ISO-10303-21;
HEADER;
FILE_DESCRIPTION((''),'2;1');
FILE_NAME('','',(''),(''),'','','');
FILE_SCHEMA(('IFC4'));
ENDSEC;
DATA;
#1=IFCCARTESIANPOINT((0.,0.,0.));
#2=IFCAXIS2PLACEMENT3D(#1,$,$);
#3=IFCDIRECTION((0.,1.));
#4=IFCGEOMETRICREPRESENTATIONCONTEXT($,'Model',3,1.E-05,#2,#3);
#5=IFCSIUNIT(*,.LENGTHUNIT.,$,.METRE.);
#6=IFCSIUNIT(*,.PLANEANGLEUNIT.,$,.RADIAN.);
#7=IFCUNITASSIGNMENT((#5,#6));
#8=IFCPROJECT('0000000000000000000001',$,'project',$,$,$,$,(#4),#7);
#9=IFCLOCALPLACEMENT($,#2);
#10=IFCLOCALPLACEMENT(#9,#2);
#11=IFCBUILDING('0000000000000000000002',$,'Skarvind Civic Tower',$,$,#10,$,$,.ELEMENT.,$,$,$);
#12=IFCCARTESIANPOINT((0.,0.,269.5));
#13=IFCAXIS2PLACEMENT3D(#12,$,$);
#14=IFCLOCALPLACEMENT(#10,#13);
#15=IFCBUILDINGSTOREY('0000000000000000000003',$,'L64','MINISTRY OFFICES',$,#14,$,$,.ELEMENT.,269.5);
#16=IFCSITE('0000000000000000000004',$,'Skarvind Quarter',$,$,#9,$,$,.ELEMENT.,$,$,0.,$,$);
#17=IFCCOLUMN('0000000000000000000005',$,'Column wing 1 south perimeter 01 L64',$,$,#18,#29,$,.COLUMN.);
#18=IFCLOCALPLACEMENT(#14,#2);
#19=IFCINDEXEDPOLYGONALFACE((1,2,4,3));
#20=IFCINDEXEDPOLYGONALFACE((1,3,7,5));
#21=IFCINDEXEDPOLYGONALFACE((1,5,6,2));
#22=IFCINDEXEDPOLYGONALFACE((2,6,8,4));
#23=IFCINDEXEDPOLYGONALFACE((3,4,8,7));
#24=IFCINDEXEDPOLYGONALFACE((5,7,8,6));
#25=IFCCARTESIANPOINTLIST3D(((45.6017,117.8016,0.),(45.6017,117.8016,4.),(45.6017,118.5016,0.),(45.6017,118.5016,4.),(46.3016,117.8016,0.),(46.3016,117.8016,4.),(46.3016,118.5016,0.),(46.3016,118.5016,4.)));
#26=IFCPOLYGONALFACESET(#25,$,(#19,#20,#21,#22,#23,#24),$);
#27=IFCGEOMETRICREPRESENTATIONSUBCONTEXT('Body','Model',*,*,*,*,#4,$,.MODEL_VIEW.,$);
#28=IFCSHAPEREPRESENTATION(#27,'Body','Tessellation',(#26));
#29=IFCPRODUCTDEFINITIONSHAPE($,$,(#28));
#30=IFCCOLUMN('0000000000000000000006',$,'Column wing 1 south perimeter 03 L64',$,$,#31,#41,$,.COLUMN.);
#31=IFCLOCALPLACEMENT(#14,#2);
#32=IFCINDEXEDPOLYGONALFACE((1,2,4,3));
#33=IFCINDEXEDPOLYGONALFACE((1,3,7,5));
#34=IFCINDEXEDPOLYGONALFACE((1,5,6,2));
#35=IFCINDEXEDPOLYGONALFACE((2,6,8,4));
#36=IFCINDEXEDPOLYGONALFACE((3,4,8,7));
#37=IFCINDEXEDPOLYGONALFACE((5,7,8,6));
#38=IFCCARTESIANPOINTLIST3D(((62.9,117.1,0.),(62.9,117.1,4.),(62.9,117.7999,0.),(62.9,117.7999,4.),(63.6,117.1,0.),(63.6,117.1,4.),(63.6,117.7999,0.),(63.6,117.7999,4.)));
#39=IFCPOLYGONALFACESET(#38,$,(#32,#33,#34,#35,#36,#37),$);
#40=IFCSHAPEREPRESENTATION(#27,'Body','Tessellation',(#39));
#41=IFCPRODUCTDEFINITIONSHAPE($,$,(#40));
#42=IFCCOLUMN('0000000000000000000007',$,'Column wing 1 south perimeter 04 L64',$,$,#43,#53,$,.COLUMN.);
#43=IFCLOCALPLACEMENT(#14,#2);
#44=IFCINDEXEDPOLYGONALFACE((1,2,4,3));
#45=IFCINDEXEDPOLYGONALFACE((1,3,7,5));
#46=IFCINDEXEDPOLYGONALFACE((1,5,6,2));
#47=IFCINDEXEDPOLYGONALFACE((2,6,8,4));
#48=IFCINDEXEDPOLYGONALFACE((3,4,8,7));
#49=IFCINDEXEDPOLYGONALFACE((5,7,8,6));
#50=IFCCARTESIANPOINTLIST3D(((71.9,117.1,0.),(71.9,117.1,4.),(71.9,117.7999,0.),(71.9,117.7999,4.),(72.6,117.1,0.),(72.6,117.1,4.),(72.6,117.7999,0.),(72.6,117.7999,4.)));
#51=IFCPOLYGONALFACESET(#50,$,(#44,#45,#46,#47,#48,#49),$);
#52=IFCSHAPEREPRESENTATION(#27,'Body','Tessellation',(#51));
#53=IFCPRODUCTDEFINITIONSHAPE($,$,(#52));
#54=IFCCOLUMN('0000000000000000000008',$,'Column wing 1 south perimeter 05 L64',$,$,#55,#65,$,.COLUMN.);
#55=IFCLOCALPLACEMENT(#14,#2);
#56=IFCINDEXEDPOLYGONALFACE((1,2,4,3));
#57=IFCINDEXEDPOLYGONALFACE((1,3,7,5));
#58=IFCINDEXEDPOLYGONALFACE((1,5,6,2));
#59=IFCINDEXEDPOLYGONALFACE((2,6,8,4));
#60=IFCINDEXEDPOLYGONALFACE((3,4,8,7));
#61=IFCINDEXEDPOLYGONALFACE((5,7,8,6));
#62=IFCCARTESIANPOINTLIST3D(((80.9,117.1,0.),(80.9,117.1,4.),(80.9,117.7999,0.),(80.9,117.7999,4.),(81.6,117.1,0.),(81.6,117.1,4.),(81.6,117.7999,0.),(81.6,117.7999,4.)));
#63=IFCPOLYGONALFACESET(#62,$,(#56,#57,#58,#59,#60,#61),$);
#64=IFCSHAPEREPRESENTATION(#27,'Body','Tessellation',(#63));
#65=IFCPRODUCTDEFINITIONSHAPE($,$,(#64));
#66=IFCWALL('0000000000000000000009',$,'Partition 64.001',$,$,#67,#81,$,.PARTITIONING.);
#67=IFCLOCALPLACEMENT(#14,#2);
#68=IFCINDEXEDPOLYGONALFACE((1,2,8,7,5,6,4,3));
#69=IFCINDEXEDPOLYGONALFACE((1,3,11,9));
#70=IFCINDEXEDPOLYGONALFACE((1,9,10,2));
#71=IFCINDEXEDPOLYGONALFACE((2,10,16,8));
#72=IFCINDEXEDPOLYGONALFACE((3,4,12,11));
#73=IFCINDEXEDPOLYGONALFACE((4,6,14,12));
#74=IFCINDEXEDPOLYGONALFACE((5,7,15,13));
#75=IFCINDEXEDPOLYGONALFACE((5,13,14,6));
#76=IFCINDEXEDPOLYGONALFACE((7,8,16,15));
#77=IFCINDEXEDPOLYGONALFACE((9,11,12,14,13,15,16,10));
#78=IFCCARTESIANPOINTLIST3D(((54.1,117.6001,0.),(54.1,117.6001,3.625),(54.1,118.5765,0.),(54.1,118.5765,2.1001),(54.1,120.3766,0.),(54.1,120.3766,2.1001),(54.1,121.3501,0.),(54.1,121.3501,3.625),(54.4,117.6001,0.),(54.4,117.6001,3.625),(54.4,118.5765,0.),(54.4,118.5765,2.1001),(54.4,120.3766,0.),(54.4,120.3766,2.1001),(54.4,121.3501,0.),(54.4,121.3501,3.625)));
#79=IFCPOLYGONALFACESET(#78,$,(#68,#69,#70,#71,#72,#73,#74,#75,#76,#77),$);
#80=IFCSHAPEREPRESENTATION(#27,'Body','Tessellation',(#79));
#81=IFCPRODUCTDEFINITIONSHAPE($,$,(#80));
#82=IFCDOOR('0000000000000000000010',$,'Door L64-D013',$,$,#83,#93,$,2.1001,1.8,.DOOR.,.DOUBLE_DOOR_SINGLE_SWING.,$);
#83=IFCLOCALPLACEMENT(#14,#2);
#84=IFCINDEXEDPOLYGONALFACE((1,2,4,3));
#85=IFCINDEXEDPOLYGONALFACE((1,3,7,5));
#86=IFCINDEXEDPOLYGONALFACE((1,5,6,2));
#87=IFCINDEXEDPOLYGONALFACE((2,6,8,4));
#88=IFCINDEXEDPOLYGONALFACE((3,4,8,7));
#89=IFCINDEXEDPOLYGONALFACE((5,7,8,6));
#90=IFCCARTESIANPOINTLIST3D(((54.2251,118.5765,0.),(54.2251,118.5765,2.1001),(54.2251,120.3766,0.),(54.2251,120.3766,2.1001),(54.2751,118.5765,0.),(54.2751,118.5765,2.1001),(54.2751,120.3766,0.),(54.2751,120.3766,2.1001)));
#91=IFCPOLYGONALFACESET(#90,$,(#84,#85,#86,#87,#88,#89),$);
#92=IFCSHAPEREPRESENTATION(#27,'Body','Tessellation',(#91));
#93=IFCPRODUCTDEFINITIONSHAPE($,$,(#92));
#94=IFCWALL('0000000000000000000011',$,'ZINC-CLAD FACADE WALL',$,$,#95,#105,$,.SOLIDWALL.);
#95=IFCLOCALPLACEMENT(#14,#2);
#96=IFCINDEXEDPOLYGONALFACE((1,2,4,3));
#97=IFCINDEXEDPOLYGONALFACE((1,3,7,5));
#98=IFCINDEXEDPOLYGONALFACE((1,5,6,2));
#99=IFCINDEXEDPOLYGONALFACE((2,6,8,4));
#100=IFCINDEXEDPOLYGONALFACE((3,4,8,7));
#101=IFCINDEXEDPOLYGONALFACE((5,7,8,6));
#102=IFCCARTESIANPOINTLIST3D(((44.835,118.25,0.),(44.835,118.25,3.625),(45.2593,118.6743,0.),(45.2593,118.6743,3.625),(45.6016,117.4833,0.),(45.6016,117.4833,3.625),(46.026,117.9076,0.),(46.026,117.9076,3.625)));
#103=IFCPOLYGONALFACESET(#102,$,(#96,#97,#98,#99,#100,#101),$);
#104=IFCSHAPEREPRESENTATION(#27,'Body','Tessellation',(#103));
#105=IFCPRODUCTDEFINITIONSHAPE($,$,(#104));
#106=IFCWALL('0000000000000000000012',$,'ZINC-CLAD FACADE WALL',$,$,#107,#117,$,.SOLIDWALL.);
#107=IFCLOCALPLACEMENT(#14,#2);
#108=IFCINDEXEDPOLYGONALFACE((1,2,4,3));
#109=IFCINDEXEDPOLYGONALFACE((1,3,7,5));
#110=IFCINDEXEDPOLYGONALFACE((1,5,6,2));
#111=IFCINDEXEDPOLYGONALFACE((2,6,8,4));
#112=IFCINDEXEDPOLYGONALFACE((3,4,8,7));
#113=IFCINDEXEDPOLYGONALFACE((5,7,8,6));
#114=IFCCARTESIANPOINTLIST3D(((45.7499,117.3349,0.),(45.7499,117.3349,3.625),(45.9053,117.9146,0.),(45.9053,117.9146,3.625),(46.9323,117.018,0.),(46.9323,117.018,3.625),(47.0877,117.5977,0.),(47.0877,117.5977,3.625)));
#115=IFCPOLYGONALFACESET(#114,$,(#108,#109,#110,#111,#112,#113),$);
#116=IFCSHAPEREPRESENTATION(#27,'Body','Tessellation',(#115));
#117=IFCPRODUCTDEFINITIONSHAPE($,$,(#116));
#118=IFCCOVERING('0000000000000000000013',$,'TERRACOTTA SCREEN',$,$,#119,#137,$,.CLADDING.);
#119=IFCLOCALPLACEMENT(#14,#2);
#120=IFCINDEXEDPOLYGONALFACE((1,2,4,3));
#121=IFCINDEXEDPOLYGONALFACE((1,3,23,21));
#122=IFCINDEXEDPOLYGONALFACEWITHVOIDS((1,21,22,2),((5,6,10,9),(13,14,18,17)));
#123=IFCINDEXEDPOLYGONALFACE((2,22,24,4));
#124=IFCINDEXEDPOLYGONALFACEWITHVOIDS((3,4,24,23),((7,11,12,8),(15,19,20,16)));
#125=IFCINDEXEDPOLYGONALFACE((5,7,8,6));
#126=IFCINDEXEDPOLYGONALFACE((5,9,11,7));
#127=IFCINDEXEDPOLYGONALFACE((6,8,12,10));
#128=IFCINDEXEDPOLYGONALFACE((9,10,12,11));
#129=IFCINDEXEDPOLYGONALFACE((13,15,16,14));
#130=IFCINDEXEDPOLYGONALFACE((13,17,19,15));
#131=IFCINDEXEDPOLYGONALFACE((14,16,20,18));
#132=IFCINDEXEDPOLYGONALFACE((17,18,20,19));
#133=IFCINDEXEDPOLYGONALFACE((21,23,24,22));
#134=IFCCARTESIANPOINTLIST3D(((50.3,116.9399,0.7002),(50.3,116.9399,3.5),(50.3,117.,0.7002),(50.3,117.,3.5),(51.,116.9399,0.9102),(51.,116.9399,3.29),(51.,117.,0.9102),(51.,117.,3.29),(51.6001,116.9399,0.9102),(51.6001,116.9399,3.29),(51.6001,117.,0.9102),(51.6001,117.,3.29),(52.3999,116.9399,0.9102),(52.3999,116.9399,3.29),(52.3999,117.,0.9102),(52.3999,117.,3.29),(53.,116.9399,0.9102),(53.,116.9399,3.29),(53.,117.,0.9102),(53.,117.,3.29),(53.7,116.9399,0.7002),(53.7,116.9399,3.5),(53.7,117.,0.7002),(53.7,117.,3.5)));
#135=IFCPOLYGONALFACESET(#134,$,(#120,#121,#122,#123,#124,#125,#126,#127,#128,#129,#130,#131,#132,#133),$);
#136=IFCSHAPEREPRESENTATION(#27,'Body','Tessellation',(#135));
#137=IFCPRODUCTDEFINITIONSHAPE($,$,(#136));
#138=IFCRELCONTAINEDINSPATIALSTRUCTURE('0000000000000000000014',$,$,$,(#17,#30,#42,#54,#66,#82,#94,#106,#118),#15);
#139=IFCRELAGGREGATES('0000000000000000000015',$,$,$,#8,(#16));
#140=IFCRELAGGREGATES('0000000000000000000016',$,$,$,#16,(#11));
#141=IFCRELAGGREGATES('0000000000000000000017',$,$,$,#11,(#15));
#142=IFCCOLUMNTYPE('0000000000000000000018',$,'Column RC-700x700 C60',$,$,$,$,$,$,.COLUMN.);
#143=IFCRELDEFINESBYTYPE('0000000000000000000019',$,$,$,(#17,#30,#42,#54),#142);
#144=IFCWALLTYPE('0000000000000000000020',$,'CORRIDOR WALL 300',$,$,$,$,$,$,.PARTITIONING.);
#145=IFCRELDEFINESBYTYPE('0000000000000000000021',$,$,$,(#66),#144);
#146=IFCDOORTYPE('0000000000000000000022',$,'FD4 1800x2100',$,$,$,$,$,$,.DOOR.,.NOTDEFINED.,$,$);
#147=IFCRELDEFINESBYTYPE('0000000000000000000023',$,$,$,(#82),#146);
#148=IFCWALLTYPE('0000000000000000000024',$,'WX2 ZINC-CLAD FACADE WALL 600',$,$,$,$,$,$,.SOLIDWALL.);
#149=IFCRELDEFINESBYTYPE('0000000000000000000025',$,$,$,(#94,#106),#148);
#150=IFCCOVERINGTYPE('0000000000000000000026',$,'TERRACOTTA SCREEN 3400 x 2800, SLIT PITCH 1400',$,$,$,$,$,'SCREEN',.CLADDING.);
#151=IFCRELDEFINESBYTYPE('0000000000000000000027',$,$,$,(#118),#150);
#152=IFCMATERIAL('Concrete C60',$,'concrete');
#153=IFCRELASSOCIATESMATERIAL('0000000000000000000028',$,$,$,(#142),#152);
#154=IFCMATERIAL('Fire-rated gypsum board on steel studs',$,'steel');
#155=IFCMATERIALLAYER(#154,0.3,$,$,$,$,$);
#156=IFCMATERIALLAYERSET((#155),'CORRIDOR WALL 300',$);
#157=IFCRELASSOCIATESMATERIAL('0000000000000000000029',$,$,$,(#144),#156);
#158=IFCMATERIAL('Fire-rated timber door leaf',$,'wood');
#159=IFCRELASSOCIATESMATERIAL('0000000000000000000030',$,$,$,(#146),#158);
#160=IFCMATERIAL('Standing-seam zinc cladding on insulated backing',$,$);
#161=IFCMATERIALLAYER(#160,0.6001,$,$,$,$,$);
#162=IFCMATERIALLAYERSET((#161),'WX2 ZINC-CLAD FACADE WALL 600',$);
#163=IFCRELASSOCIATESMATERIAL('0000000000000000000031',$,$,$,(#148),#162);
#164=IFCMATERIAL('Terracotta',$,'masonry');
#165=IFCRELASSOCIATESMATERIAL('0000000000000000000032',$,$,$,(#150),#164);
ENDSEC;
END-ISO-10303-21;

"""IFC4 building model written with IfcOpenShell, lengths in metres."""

from ifc_helpers import new_model, si_unit, direction, frame, frame_2d, origin, origin_2d, place, context, subcontext, project, spatial, polyline, rectangle, outline, extrude, material, layer, layer_set, material_profile, profile_set, type_object, element, fill, save


model = new_model("IFC4")

# Units and contexts
model_context = context("Model", 3, precision=1e-05, world=origin(), true_north=direction((0.0, 1.0)))
body_context = subcontext(model_context, "Body", "Model", "MODEL_VIEW")
ifc_project = project(units=[si_unit("LENGTHUNIT", "METRE"), si_unit("PLANEANGLEUNIT", "RADIAN")], contexts=[model_context])

# Site, building, storey
site_placement = place(None, origin())
site = spatial("IfcSite", under=ifc_project, at=site_placement, Name="Skarvind Quarter", CompositionType="ELEMENT", RefElevation=0.0)
building_placement = place(site_placement, origin())
building = spatial("IfcBuilding", under=site, at=building_placement, Name="Skarvind Civic Tower", CompositionType="ELEMENT")
storey_placement = place(building_placement, frame((0.0, 0.0, 269.5)))
storey = spatial("IfcBuildingStorey", under=building, at=storey_placement, Name="L64", Description="MINISTRY OFFICES", CompositionType="ELEMENT", Elevation=269.5)

# Columns
ifc_material_1 = material(Name="Concrete C60", Category="concrete")
ifc_material_profile_1 = material_profile(ifc_material_1, rectangle(XDim=0.7, YDim=0.7, at=origin_2d()), Name="RC-700x700")
ifc_profile_set_1 = profile_set([ifc_material_profile_1], Name="Concrete C60")
column_type = type_object("IfcColumnType", Name="Column RC-700x700 C60", PredefinedType="COLUMN", material=ifc_profile_set_1)
for number, where, z_axis, x_axis, name in (
    (1, (45.9517, 118.1516, 0.0), (0.0, 0.0, 1.0), (1.0, 0.0, 0.0), "Column wing 1 south perimeter 01 L64"),
    (2, (63.25, 117.45, 0.0), (0.0, 0.0, 1.0), (1.0, 0.0, 0.0), "Column wing 1 south perimeter 03 L64"),
    (3, (72.25, 117.45, 0.0), (0.0, 0.0, 1.0), (1.0, 0.0, 0.0), "Column wing 1 south perimeter 04 L64"),
    (4, (81.25, 117.45, 0.0), (0.0, 0.0, 1.0), (1.0, 0.0, 0.0), "Column wing 1 south perimeter 05 L64"),
):
    element("IfcColumn", number, at=place(storey_placement, frame(where, z_axis=z_axis, x_axis=x_axis)), inside=storey, type_object=column_type, Name=name, PredefinedType="COLUMN", context=body_context, shape_type="SweptSolid", body=[
        extrude(rectangle(XDim=0.7, YDim=0.7, at=origin_2d()), origin(), (0.0, 0.0, 1.0), 4.0),
    ])

# Wall, opening, door
ifc_material_2 = material(Name="Fire-rated gypsum board on steel studs", Category="steel")
ifc_layer_1 = layer(ifc_material_2, 0.3)
ifc_layer_set_1 = layer_set([ifc_layer_1], Name="CORRIDOR WALL 300")
wall_type_1 = type_object("IfcWallType", Name="CORRIDOR WALL 300", PredefinedType="PARTITIONING", material=ifc_layer_set_1)
wall_1_placement = place(storey_placement, frame((54.25, 117.6001, 0.0), z_axis=(0.0, 0.0, 1.0), x_axis=(0.0, 1.0, 0.0)))
wall_1 = element("IfcWall", 5, at=wall_1_placement, inside=storey, type_object=wall_type_1, Name="Partition 64.001", PredefinedType="PARTITIONING", context=body_context, shape_type="SweptSolid", body=[
    extrude(rectangle(XDim=3.75, YDim=0.3, at=frame_2d((1.875, 0.0))), origin(), (0.0, 0.0, 1.0), 3.625),
])
opening_placement = place(wall_1_placement, frame((0.9766, 0.0, 0.0)))
opening = element("IfcOpeningElement", 6, at=opening_placement, cuts=wall_1, PredefinedType="OPENING", context=body_context, shape_type="SweptSolid", body=[
    extrude(rectangle(XDim=1.8, YDim=2.1001, at=frame_2d((0.8999, 1.05))), frame((0.0, 0.1599, 0.0), z_axis=(0.0, -1.0, 0.0), x_axis=(1.0, 0.0, 0.0)), (0.0, 0.0, 1.0), 0.3201),
])
ifc_material_3 = material(Name="Fire-rated timber door leaf", Category="wood")
door_type = type_object("IfcDoorType", Name="FD4 1800x2100", OperationType="NOTDEFINED", PredefinedType="DOOR", material=ifc_material_3)
door_placement = place(opening_placement, origin())
door = element("IfcDoor", 7, at=door_placement, inside=storey, type_object=door_type, Name="Door L64-D013", OperationType="DOUBLE_DOOR_SINGLE_SWING", OverallHeight=2.1001, OverallWidth=1.8, PredefinedType="DOOR", context=body_context, shape_type="SweptSolid", body=[
    extrude(rectangle(XDim=1.8, YDim=2.1001, at=frame_2d((0.8999, 1.05))), frame((0.0, 0.0249, 0.0), z_axis=(0.0, -1.0, 0.0), x_axis=(1.0, 0.0, 0.0)), (0.0, 0.0, 1.0), 0.05),
])
fill(opening, door)

# Walls
ifc_material_4 = material(Name="Standing-seam zinc cladding on insulated backing")
ifc_layer_2 = layer(ifc_material_4, 0.6001)
ifc_layer_set_2 = layer_set([ifc_layer_2], Name="WX2 ZINC-CLAD FACADE WALL 600")
wall_type_2 = type_object("IfcWallType", Name="WX2 ZINC-CLAD FACADE WALL 600", PredefinedType="SOLIDWALL", material=ifc_layer_set_2)
wall_2_placement = place(storey_placement, frame((45.8137, 117.6956, 0.0), z_axis=(0.0, 0.0, 1.0), x_axis=(-0.707107, 0.707107, 0.0)))
element("IfcWall", 8, at=wall_2_placement, inside=storey, type_object=wall_type_2, Name="ZINC-CLAD FACADE WALL", PredefinedType="SOLIDWALL", context=body_context, shape_type="SweptSolid", body=[
    extrude(rectangle(XDim=1.0842, YDim=0.6001, at=frame_2d((0.542, 0.0))), origin(), (0.0, 0.0, 1.0), 3.625),
])
wall_3_placement = place(storey_placement, frame((47.01, 117.3079, 0.0), z_axis=(0.0, 0.0, 1.0), x_axis=(-0.96591, 0.258879, 0.0)))
element("IfcWall", 9, at=wall_3_placement, inside=storey, type_object=wall_type_2, Name="ZINC-CLAD FACADE WALL", PredefinedType="SOLIDWALL", context=body_context, shape_type="SweptSolid", body=[
    extrude(rectangle(XDim=1.2241, YDim=0.6001, at=frame_2d((0.6121, 0.0))), origin(), (0.0, 0.0, 1.0), 3.625),
])

# Covering
ifc_material_5 = material(Name="Terracotta", Category="masonry")
ifc_material_profile_2 = material_profile(ifc_material_5, outline(polyline([(-1.7, -1.3999), (1.7, -1.3999), (1.7, 1.3999), (-1.7, 1.3999), (-1.7, -1.3999)]), holes=[polyline([(-1.0, -1.1899), (-0.3999, -1.1899), (-0.3999, 1.1899), (-1.0, 1.1899), (-1.0, -1.1899)]), polyline([(0.3999, -1.1899), (1.0, -1.1899), (1.0, 1.1899), (0.3999, 1.1899), (0.3999, -1.1899)])]), Name="TERRACOTTA SCREEN 3400 x 2800, SLIT PITCH 1400")
ifc_profile_set_2 = profile_set([ifc_material_profile_2], Name="Terracotta")
covering_type = type_object("IfcCoveringType", Name="TERRACOTTA SCREEN 3400 x 2800, SLIT PITCH 1400", ElementType="SCREEN", PredefinedType="CLADDING", material=ifc_profile_set_2)
covering_placement = place(storey_placement, frame((52.0, 117.0, 2.1001), z_axis=(0.0, -1.0, 0.0), x_axis=(1.0, 0.0, 0.0)))
element("IfcCovering", 10, at=covering_placement, inside=storey, type_object=covering_type, Name="TERRACOTTA SCREEN", PredefinedType="CLADDING", context=body_context, shape_type="SweptSolid", body=[
    extrude(outline(polyline([(-1.7, -1.3999), (1.7, -1.3999), (1.7, 1.3999), (-1.7, 1.3999), (-1.7, -1.3999)]), holes=[polyline([(-1.0, -1.1899), (-0.3999, -1.1899), (-0.3999, 1.1899), (-1.0, 1.1899), (-1.0, -1.1899)]), polyline([(0.3999, -1.1899), (1.0, -1.1899), (1.0, 1.1899), (0.3999, 1.1899), (0.3999, -1.1899)])]), origin(), (0.0, 0.0, 1.0), 0.0601),
])

save(model, "model.ifc")
